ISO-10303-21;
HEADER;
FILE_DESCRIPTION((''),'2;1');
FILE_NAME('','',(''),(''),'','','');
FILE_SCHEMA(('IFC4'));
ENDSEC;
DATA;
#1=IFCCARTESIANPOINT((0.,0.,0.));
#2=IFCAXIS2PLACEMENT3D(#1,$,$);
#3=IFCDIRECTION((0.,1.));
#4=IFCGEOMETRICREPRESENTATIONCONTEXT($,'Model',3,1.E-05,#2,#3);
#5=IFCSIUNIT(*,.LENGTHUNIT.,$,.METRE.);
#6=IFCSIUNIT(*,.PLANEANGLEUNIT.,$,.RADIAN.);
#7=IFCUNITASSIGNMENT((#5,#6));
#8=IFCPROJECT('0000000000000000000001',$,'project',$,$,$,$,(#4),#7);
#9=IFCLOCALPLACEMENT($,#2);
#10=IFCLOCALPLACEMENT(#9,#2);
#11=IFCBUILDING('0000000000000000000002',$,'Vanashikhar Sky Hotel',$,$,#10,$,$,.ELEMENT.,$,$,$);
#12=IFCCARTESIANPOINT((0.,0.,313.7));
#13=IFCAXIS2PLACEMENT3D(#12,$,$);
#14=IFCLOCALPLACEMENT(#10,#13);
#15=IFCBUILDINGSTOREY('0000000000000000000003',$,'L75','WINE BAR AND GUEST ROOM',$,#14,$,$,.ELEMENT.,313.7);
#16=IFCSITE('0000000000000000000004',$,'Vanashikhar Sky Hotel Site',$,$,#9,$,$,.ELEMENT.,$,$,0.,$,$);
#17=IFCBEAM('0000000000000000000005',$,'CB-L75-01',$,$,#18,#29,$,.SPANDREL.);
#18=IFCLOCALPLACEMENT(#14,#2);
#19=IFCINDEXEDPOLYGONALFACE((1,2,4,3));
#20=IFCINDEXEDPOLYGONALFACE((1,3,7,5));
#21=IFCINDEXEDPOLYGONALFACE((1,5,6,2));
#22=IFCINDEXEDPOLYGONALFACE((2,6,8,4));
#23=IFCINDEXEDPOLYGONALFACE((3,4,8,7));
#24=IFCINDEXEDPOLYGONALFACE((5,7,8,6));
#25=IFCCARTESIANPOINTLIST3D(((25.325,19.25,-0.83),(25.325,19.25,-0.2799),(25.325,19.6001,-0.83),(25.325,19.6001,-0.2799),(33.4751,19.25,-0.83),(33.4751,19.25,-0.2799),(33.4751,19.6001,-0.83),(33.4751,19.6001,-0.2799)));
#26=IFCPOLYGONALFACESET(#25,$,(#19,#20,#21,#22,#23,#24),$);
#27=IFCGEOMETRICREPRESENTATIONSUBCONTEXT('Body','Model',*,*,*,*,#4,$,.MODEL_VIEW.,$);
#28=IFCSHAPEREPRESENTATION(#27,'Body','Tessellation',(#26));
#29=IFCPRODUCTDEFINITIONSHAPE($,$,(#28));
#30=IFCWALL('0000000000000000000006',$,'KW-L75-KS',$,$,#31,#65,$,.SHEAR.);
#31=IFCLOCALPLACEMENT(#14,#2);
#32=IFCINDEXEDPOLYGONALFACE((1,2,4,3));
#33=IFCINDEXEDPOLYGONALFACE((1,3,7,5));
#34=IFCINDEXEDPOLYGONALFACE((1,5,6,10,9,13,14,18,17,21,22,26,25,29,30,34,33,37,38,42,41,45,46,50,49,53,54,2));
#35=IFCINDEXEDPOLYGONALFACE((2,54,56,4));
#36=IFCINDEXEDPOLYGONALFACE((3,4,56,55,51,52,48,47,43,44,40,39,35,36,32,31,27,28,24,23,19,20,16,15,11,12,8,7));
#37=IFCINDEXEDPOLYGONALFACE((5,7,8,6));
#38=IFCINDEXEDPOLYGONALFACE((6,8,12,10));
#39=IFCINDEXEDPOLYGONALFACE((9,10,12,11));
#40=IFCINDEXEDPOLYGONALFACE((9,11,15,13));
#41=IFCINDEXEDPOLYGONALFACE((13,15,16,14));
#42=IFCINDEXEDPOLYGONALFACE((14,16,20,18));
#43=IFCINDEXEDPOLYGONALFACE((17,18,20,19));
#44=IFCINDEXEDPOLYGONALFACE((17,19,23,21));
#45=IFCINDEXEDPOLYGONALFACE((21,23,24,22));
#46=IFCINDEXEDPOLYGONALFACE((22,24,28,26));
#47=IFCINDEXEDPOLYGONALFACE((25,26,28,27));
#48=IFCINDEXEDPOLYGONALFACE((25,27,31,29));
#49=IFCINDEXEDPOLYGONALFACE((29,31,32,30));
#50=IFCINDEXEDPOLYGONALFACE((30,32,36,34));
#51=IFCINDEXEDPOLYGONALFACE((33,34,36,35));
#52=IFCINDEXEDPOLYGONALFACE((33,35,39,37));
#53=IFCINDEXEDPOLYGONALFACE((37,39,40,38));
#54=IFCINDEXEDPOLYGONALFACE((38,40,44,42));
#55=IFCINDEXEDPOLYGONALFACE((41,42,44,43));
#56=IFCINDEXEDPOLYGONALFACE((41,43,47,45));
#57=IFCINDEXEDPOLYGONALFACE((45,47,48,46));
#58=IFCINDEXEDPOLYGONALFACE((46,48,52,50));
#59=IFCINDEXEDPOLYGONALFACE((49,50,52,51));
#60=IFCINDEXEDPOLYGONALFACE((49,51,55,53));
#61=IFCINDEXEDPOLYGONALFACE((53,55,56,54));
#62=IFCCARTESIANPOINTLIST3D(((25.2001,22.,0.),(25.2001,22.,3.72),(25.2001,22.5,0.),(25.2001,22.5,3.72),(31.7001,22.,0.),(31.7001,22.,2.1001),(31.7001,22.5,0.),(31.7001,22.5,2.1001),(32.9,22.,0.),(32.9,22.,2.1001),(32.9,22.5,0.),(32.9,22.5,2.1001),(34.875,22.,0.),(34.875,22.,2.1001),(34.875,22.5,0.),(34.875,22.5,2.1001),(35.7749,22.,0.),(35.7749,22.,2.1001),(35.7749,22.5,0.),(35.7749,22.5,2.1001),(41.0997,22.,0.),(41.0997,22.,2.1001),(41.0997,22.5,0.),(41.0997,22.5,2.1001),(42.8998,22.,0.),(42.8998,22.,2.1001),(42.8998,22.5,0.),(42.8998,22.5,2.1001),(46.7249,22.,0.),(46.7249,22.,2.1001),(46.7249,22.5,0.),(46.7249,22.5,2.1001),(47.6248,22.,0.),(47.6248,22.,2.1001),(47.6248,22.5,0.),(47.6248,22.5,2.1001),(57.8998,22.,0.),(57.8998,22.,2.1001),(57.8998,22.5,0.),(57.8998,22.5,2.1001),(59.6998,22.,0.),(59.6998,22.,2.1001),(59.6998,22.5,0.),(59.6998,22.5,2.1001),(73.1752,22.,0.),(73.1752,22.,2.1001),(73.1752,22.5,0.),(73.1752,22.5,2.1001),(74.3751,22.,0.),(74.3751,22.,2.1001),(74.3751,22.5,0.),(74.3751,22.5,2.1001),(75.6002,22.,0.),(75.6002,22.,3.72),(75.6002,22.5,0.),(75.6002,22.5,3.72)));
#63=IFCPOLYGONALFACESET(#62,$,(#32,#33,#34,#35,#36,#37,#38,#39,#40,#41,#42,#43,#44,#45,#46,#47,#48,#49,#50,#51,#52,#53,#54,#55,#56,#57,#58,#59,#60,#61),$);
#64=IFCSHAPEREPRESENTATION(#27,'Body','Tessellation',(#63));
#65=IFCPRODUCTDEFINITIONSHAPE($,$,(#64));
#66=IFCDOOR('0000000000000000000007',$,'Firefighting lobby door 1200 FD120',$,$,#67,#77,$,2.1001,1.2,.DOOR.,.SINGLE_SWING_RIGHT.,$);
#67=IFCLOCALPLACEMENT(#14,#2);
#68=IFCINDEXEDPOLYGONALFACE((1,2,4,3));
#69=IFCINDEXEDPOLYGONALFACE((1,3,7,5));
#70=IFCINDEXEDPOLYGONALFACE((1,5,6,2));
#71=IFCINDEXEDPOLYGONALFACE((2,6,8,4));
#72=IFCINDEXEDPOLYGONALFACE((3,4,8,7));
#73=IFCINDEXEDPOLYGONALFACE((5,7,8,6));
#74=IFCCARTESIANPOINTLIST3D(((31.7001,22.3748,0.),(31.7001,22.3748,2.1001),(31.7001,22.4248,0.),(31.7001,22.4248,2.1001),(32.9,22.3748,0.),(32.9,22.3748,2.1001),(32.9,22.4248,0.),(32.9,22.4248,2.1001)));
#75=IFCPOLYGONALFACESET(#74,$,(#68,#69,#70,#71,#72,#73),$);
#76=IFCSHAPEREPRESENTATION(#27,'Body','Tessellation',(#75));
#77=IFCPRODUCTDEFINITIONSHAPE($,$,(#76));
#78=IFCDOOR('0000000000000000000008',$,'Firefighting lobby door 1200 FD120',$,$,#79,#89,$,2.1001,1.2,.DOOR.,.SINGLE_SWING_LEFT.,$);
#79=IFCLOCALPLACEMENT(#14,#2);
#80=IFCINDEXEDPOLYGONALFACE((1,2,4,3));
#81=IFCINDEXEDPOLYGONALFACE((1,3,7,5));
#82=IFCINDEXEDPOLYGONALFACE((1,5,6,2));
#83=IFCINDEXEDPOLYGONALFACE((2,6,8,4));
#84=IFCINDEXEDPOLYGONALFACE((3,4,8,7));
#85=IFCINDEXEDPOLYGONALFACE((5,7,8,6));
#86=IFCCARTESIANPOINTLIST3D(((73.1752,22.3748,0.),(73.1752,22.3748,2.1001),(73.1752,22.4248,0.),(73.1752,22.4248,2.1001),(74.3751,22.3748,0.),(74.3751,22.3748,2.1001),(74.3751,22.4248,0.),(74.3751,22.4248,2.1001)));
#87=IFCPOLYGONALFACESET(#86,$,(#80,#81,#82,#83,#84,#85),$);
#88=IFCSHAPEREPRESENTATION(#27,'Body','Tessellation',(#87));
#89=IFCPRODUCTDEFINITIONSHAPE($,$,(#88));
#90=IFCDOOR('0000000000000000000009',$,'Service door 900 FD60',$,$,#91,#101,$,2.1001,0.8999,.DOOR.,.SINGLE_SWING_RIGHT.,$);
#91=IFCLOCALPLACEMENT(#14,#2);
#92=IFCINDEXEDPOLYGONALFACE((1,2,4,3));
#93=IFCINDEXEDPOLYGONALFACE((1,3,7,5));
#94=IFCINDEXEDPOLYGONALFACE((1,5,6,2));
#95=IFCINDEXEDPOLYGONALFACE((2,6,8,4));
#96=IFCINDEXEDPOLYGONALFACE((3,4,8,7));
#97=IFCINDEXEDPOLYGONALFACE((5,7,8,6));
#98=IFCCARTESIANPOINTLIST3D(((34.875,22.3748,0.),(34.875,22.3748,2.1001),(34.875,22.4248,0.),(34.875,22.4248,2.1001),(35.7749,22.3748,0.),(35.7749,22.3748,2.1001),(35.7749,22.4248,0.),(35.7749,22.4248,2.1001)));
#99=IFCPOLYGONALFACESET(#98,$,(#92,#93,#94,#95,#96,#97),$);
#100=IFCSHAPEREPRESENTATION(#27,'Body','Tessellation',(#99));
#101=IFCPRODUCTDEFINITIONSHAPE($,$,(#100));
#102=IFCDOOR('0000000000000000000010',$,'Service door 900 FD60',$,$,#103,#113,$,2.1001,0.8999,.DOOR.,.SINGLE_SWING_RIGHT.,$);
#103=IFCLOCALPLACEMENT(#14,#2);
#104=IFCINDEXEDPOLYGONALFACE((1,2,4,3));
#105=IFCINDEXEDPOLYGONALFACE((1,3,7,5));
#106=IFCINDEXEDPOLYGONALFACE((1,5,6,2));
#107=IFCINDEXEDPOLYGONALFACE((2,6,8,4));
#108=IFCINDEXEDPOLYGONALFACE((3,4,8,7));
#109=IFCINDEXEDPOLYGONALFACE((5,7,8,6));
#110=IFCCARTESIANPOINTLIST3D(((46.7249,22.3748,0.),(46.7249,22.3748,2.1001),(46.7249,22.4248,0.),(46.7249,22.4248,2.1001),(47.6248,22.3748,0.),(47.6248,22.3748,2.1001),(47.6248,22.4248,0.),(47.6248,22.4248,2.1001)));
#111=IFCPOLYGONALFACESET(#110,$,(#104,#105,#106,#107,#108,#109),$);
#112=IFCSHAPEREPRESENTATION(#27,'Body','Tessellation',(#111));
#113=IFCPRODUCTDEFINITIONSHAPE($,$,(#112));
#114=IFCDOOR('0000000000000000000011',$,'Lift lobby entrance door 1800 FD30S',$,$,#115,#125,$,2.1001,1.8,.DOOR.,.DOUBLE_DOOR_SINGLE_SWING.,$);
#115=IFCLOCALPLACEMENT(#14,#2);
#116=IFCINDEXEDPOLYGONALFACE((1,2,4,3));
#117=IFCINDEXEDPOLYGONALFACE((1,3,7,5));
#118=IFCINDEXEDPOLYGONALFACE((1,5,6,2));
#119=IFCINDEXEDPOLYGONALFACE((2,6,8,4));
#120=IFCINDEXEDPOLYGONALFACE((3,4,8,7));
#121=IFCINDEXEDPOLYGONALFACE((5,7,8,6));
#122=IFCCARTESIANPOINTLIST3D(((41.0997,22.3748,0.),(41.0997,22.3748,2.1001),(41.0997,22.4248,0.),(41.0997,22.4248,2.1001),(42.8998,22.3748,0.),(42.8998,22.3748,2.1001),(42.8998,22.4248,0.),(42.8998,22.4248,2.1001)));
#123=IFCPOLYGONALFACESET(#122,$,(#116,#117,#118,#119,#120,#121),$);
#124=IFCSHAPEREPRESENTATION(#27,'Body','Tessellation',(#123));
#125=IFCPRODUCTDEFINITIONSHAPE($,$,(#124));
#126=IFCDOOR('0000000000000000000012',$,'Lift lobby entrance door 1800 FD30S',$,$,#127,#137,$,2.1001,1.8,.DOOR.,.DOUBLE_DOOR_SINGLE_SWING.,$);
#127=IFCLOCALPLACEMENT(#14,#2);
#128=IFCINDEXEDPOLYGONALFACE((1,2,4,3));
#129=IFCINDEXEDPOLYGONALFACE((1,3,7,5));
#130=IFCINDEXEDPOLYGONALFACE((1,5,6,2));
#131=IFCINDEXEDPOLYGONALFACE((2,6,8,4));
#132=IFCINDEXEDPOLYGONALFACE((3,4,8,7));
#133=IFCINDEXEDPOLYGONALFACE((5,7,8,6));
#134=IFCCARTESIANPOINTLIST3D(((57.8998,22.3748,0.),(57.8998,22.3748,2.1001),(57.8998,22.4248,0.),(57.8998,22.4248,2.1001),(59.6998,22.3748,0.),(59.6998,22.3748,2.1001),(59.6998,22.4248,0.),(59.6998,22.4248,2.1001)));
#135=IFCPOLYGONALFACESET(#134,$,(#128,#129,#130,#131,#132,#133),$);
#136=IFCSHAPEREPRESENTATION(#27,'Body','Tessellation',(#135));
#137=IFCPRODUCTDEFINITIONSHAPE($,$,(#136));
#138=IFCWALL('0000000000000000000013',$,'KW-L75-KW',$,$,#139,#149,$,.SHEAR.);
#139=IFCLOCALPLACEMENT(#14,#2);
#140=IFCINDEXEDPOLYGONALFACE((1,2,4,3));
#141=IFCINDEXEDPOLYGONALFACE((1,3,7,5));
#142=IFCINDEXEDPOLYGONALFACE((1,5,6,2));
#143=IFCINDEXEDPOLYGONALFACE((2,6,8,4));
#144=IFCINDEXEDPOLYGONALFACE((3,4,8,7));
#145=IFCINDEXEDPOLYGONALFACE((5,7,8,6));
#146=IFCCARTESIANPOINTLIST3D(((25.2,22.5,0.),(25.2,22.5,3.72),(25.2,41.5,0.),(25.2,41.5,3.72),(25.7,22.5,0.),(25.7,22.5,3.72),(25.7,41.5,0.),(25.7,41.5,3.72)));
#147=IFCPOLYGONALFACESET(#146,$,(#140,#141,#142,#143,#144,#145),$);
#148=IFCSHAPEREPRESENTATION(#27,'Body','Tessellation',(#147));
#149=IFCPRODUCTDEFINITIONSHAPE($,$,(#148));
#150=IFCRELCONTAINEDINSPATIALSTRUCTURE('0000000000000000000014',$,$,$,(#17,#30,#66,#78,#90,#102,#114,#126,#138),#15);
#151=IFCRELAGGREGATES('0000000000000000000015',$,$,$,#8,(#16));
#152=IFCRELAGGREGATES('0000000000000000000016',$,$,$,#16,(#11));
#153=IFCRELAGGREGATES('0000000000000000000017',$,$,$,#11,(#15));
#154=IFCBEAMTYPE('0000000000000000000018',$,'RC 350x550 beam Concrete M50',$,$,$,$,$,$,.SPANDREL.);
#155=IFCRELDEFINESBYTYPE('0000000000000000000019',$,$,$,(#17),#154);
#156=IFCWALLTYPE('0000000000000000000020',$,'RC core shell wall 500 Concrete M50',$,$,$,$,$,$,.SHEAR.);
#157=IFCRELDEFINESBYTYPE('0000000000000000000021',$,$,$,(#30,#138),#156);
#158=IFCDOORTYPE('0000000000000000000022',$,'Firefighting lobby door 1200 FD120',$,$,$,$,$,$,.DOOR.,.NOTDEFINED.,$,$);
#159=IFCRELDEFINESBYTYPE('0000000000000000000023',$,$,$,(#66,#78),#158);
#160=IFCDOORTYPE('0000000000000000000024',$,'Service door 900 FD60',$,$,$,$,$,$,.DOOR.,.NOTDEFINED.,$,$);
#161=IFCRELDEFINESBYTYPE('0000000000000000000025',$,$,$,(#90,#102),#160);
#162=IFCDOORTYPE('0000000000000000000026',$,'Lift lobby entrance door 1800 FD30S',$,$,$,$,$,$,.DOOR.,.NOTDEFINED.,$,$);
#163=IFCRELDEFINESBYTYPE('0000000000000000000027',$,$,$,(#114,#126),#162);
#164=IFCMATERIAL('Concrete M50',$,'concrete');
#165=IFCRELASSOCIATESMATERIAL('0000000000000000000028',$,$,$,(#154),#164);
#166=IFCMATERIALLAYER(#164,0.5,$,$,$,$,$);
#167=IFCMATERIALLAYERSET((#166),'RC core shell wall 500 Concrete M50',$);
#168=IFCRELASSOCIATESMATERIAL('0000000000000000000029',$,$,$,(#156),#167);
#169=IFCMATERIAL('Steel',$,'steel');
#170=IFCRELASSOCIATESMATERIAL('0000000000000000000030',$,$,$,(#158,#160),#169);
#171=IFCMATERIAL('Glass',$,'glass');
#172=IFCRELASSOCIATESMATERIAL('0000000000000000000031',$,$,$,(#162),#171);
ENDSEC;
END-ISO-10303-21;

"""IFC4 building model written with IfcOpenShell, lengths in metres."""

from ifc_helpers import new_model, si_unit, direction, frame, frame_2d, origin, origin_2d, place, context, subcontext, project, spatial, rectangle, extrude, source, transform, mapped, material, layer, layer_set, material_profile, profile_set, type_object, element, fill, save


model = new_model("IFC4")

# Units and contexts
model_context = context("Model", 3, precision=1e-05, world=origin(), true_north=direction((0.0, 1.0)))
body_context = subcontext(model_context, "Body", "Model", "MODEL_VIEW")
ifc_project = project(units=[si_unit("LENGTHUNIT", "METRE"), si_unit("PLANEANGLEUNIT", "RADIAN")], contexts=[model_context])

# Site, building, storey
site_placement = place(None, origin())
site = spatial("IfcSite", under=ifc_project, at=site_placement, Name="Vanashikhar Sky Hotel Site", CompositionType="ELEMENT", RefElevation=0.0)
building_placement = place(site_placement, origin())
building = spatial("IfcBuilding", under=site, at=building_placement, Name="Vanashikhar Sky Hotel", CompositionType="ELEMENT")
storey_placement = place(building_placement, frame((0.0, 0.0, 313.7)))
storey = spatial("IfcBuildingStorey", under=building, at=storey_placement, Name="L75", Description="WINE BAR AND GUEST ROOM", CompositionType="ELEMENT", Elevation=313.7)

# Beam
ifc_material_1 = material(Name="Concrete M50", Category="concrete")
ifc_material_profile = material_profile(ifc_material_1, rectangle(XDim=0.3501, YDim=0.55, at=origin_2d()))
ifc_profile_set = profile_set([ifc_material_profile], Name="RC 350x550 beam Concrete M50")
beam_type = type_object("IfcBeamType", Name="RC 350x550 beam Concrete M50", PredefinedType="SPANDREL", material=ifc_profile_set)
shared_shape_1 = source(origin(), body_context, "Body", "SweptSolid", [
    extrude(rectangle(XDim=0.3501, YDim=0.55, at=origin_2d()), origin(), (0.0, 0.0, 1.0), 8.1501),
])
beam_placement = place(storey_placement, frame((25.325, 19.425, -0.5549), z_axis=(1.0, 0.0, 0.0), x_axis=(0.0, 1.0, 0.0)))
element("IfcBeam", 1, at=beam_placement, inside=storey, type_object=beam_type, Name="CB-L75-01", PredefinedType="SPANDREL", context=body_context, shape_type="MappedRepresentation", body=[
    mapped(shared_shape_1, transform((0.0, 0.0, 0.0), scale=1.0)),
])

# Wall, openings, doors
ifc_layer_1 = layer(ifc_material_1, 0.5)
ifc_layer_set_1 = layer_set([ifc_layer_1], Name="RC core shell wall 500 Concrete M50")
wall_type_1 = type_object("IfcWallType", Name="RC core shell wall 500 Concrete M50", PredefinedType="SHEAR", material=ifc_layer_set_1)
shared_shape_2 = source(origin(), body_context, "Body", "SweptSolid", [
    extrude(rectangle(XDim=50.4001, YDim=0.5, at=frame_2d((25.2002, 0.0))), origin(), (0.0, 0.0, 1.0), 3.72),
])
wall_1_placement = place(storey_placement, frame((25.2, 22.25, 0.0), z_axis=(0.0, 0.0, 1.0), x_axis=(1.0, 0.0, 0.0)))
wall_1 = element("IfcWall", 2, at=wall_1_placement, inside=storey, type_object=wall_type_1, Name="KW-L75-KS", PredefinedType="SHEAR", context=body_context, shape_type="MappedRepresentation", body=[
    mapped(shared_shape_2, transform((0.0, 0.0, 0.0), scale=1.0)),
])
shared_shape_3 = source(origin(), body_context, "Body", "SweptSolid", [
    extrude(rectangle(XDim=1.8, YDim=2.1001, at=frame_2d((0.8999, 1.05))), frame((0.0, 0.26, 0.0), z_axis=(0.0, -1.0, 0.0), x_axis=(1.0, 0.0, 0.0)), (0.0, 0.0, 1.0), 0.52),
])
opening_1_placement = place(wall_1_placement, frame((15.8999, 0.0, 0.0)))
opening_1 = element("IfcOpeningElement", 3, at=opening_1_placement, cuts=wall_1, PredefinedType="OPENING", context=body_context, shape_type="MappedRepresentation", body=[
    mapped(shared_shape_3, transform((0.0, 0.0, 0.0), scale=1.0)),
])
shared_shape_4 = source(origin(), body_context, "Body", "SweptSolid", [
    extrude(rectangle(XDim=0.8999, YDim=2.1001, at=frame_2d((0.45, 1.05))), frame((0.0, 0.26, 0.0), z_axis=(0.0, -1.0, 0.0), x_axis=(1.0, 0.0, 0.0)), (0.0, 0.0, 1.0), 0.52),
])
opening_2_placement = place(wall_1_placement, frame((9.675, 0.0, 0.0)))
opening_2 = element("IfcOpeningElement", 4, at=opening_2_placement, cuts=wall_1, PredefinedType="OPENING", context=body_context, shape_type="MappedRepresentation", body=[
    mapped(shared_shape_4, transform((0.0, 0.0, 0.0), scale=1.0)),
])
opening_3_placement = place(wall_1_placement, frame((21.5249, 0.0, 0.0)))
opening_3 = element("IfcOpeningElement", 5, at=opening_3_placement, cuts=wall_1, PredefinedType="OPENING", context=body_context, shape_type="MappedRepresentation", body=[
    mapped(shared_shape_4, transform((0.0, 0.0, 0.0), scale=1.0)),
])
opening_4_placement = place(wall_1_placement, frame((32.7, 0.0, 0.0)))
opening_4 = element("IfcOpeningElement", 6, at=opening_4_placement, cuts=wall_1, PredefinedType="OPENING", context=body_context, shape_type="MappedRepresentation", body=[
    mapped(shared_shape_3, transform((0.0, 0.0, 0.0), scale=1.0)),
])
shared_shape_5 = source(origin(), body_context, "Body", "SweptSolid", [
    extrude(rectangle(XDim=1.2, YDim=2.1001, at=frame_2d((0.6001, 1.05))), frame((0.0, 0.26, 0.0), z_axis=(0.0, -1.0, 0.0), x_axis=(1.0, 0.0, 0.0)), (0.0, 0.0, 1.0), 0.52),
])
opening_5_placement = place(wall_1_placement, frame((6.5, 0.0, 0.0)))
opening_5 = element("IfcOpeningElement", 7, at=opening_5_placement, cuts=wall_1, PredefinedType="OPENING", context=body_context, shape_type="MappedRepresentation", body=[
    mapped(shared_shape_5, transform((0.0, 0.0, 0.0), scale=1.0)),
])
opening_6_placement = place(wall_1_placement, frame((47.9751, 0.0, 0.0)))
opening_6 = element("IfcOpeningElement", 8, at=opening_6_placement, cuts=wall_1, PredefinedType="OPENING", context=body_context, shape_type="MappedRepresentation", body=[
    mapped(shared_shape_5, transform((0.0, 0.0, 0.0), scale=1.0)),
])
ifc_material_2 = material(Name="Steel", Category="steel")
door_type_1 = type_object("IfcDoorType", Name="Firefighting lobby door 1200 FD120", OperationType="NOTDEFINED", PredefinedType="DOOR", material=ifc_material_2)
shared_shape_6 = source(origin(), body_context, "Body", "SweptSolid", [
    extrude(rectangle(XDim=1.2, YDim=2.1001, at=frame_2d((0.6001, 1.05))), frame((0.0, 0.1748, 0.0), z_axis=(0.0, -1.0, 0.0), x_axis=(1.0, 0.0, 0.0)), (0.0, 0.0, 1.0), 0.05),
])
door_1_placement = place(opening_5_placement, origin())
door_1 = element("IfcDoor", 9, at=door_1_placement, inside=storey, type_object=door_type_1, Name="Firefighting lobby door 1200 FD120", OperationType="SINGLE_SWING_RIGHT", OverallHeight=2.1001, OverallWidth=1.2, PredefinedType="DOOR", context=body_context, shape_type="MappedRepresentation", body=[
    mapped(shared_shape_6, transform((0.0, 0.0, 0.0), scale=1.0)),
])
fill(opening_5, door_1)
door_2_placement = place(opening_6_placement, origin())
door_2 = element("IfcDoor", 10, at=door_2_placement, inside=storey, type_object=door_type_1, Name="Firefighting lobby door 1200 FD120", OperationType="SINGLE_SWING_LEFT", OverallHeight=2.1001, OverallWidth=1.2, PredefinedType="DOOR", context=body_context, shape_type="MappedRepresentation", body=[
    mapped(shared_shape_6, transform((0.0, 0.0, 0.0), scale=1.0)),
])
fill(opening_6, door_2)
door_type_2 = type_object("IfcDoorType", Name="Service door 900 FD60", OperationType="NOTDEFINED", PredefinedType="DOOR", material=ifc_material_2)
shared_shape_7 = source(origin(), body_context, "Body", "SweptSolid", [
    extrude(rectangle(XDim=0.8999, YDim=2.1001, at=frame_2d((0.45, 1.05))), frame((0.0, 0.1748, 0.0), z_axis=(0.0, -1.0, 0.0), x_axis=(1.0, 0.0, 0.0)), (0.0, 0.0, 1.0), 0.05),
])
door_3_placement = place(opening_2_placement, origin())
door_3 = element("IfcDoor", 11, at=door_3_placement, inside=storey, type_object=door_type_2, Name="Service door 900 FD60", OperationType="SINGLE_SWING_RIGHT", OverallHeight=2.1001, OverallWidth=0.8999, PredefinedType="DOOR", context=body_context, shape_type="MappedRepresentation", body=[
    mapped(shared_shape_7, transform((0.0, 0.0, 0.0), scale=1.0)),
])
fill(opening_2, door_3)
door_4_placement = place(opening_3_placement, origin())
door_4 = element("IfcDoor", 12, at=door_4_placement, inside=storey, type_object=door_type_2, Name="Service door 900 FD60", OperationType="SINGLE_SWING_RIGHT", OverallHeight=2.1001, OverallWidth=0.8999, PredefinedType="DOOR", context=body_context, shape_type="MappedRepresentation", body=[
    mapped(shared_shape_7, transform((0.0, 0.0, 0.0), scale=1.0)),
])
fill(opening_3, door_4)
ifc_material_3 = material(Name="Glass", Category="glass")
door_type_3 = type_object("IfcDoorType", Name="Lift lobby entrance door 1800 FD30S", OperationType="NOTDEFINED", PredefinedType="DOOR", material=ifc_material_3)
shared_shape_8 = source(origin(), body_context, "Body", "SweptSolid", [
    extrude(rectangle(XDim=1.8, YDim=2.1001, at=frame_2d((0.8999, 1.05))), frame((0.0, 0.1748, 0.0), z_axis=(0.0, -1.0, 0.0), x_axis=(1.0, 0.0, 0.0)), (0.0, 0.0, 1.0), 0.05),
])
door_5_placement = place(opening_1_placement, origin())
door_5 = element("IfcDoor", 13, at=door_5_placement, inside=storey, type_object=door_type_3, Name="Lift lobby entrance door 1800 FD30S", OperationType="DOUBLE_DOOR_SINGLE_SWING", OverallHeight=2.1001, OverallWidth=1.8, PredefinedType="DOOR", context=body_context, shape_type="MappedRepresentation", body=[
    mapped(shared_shape_8, transform((0.0, 0.0, 0.0), scale=1.0)),
])
fill(opening_1, door_5)
door_6_placement = place(opening_4_placement, origin())
door_6 = element("IfcDoor", 14, at=door_6_placement, inside=storey, type_object=door_type_3, Name="Lift lobby entrance door 1800 FD30S", OperationType="DOUBLE_DOOR_SINGLE_SWING", OverallHeight=2.1001, OverallWidth=1.8, PredefinedType="DOOR", context=body_context, shape_type="MappedRepresentation", body=[
    mapped(shared_shape_8, transform((0.0, 0.0, 0.0), scale=1.0)),
])
fill(opening_4, door_6)

# Wall
shared_shape_9 = source(origin(), body_context, "Body", "SweptSolid", [
    extrude(rectangle(XDim=19.0, YDim=0.5, at=frame_2d((9.5, 0.0))), origin(), (0.0, 0.0, 1.0), 3.72),
])
wall_2_placement = place(storey_placement, frame((25.45, 22.5, 0.0), z_axis=(0.0, 0.0, 1.0), x_axis=(0.0, 1.0, 0.0)))
element("IfcWall", 15, at=wall_2_placement, inside=storey, type_object=wall_type_1, Name="KW-L75-KW", PredefinedType="SHEAR", context=body_context, shape_type="MappedRepresentation", body=[
    mapped(shared_shape_9, transform((0.0, 0.0, 0.0), scale=1.0)),
])

save(model, "model.ifc")
